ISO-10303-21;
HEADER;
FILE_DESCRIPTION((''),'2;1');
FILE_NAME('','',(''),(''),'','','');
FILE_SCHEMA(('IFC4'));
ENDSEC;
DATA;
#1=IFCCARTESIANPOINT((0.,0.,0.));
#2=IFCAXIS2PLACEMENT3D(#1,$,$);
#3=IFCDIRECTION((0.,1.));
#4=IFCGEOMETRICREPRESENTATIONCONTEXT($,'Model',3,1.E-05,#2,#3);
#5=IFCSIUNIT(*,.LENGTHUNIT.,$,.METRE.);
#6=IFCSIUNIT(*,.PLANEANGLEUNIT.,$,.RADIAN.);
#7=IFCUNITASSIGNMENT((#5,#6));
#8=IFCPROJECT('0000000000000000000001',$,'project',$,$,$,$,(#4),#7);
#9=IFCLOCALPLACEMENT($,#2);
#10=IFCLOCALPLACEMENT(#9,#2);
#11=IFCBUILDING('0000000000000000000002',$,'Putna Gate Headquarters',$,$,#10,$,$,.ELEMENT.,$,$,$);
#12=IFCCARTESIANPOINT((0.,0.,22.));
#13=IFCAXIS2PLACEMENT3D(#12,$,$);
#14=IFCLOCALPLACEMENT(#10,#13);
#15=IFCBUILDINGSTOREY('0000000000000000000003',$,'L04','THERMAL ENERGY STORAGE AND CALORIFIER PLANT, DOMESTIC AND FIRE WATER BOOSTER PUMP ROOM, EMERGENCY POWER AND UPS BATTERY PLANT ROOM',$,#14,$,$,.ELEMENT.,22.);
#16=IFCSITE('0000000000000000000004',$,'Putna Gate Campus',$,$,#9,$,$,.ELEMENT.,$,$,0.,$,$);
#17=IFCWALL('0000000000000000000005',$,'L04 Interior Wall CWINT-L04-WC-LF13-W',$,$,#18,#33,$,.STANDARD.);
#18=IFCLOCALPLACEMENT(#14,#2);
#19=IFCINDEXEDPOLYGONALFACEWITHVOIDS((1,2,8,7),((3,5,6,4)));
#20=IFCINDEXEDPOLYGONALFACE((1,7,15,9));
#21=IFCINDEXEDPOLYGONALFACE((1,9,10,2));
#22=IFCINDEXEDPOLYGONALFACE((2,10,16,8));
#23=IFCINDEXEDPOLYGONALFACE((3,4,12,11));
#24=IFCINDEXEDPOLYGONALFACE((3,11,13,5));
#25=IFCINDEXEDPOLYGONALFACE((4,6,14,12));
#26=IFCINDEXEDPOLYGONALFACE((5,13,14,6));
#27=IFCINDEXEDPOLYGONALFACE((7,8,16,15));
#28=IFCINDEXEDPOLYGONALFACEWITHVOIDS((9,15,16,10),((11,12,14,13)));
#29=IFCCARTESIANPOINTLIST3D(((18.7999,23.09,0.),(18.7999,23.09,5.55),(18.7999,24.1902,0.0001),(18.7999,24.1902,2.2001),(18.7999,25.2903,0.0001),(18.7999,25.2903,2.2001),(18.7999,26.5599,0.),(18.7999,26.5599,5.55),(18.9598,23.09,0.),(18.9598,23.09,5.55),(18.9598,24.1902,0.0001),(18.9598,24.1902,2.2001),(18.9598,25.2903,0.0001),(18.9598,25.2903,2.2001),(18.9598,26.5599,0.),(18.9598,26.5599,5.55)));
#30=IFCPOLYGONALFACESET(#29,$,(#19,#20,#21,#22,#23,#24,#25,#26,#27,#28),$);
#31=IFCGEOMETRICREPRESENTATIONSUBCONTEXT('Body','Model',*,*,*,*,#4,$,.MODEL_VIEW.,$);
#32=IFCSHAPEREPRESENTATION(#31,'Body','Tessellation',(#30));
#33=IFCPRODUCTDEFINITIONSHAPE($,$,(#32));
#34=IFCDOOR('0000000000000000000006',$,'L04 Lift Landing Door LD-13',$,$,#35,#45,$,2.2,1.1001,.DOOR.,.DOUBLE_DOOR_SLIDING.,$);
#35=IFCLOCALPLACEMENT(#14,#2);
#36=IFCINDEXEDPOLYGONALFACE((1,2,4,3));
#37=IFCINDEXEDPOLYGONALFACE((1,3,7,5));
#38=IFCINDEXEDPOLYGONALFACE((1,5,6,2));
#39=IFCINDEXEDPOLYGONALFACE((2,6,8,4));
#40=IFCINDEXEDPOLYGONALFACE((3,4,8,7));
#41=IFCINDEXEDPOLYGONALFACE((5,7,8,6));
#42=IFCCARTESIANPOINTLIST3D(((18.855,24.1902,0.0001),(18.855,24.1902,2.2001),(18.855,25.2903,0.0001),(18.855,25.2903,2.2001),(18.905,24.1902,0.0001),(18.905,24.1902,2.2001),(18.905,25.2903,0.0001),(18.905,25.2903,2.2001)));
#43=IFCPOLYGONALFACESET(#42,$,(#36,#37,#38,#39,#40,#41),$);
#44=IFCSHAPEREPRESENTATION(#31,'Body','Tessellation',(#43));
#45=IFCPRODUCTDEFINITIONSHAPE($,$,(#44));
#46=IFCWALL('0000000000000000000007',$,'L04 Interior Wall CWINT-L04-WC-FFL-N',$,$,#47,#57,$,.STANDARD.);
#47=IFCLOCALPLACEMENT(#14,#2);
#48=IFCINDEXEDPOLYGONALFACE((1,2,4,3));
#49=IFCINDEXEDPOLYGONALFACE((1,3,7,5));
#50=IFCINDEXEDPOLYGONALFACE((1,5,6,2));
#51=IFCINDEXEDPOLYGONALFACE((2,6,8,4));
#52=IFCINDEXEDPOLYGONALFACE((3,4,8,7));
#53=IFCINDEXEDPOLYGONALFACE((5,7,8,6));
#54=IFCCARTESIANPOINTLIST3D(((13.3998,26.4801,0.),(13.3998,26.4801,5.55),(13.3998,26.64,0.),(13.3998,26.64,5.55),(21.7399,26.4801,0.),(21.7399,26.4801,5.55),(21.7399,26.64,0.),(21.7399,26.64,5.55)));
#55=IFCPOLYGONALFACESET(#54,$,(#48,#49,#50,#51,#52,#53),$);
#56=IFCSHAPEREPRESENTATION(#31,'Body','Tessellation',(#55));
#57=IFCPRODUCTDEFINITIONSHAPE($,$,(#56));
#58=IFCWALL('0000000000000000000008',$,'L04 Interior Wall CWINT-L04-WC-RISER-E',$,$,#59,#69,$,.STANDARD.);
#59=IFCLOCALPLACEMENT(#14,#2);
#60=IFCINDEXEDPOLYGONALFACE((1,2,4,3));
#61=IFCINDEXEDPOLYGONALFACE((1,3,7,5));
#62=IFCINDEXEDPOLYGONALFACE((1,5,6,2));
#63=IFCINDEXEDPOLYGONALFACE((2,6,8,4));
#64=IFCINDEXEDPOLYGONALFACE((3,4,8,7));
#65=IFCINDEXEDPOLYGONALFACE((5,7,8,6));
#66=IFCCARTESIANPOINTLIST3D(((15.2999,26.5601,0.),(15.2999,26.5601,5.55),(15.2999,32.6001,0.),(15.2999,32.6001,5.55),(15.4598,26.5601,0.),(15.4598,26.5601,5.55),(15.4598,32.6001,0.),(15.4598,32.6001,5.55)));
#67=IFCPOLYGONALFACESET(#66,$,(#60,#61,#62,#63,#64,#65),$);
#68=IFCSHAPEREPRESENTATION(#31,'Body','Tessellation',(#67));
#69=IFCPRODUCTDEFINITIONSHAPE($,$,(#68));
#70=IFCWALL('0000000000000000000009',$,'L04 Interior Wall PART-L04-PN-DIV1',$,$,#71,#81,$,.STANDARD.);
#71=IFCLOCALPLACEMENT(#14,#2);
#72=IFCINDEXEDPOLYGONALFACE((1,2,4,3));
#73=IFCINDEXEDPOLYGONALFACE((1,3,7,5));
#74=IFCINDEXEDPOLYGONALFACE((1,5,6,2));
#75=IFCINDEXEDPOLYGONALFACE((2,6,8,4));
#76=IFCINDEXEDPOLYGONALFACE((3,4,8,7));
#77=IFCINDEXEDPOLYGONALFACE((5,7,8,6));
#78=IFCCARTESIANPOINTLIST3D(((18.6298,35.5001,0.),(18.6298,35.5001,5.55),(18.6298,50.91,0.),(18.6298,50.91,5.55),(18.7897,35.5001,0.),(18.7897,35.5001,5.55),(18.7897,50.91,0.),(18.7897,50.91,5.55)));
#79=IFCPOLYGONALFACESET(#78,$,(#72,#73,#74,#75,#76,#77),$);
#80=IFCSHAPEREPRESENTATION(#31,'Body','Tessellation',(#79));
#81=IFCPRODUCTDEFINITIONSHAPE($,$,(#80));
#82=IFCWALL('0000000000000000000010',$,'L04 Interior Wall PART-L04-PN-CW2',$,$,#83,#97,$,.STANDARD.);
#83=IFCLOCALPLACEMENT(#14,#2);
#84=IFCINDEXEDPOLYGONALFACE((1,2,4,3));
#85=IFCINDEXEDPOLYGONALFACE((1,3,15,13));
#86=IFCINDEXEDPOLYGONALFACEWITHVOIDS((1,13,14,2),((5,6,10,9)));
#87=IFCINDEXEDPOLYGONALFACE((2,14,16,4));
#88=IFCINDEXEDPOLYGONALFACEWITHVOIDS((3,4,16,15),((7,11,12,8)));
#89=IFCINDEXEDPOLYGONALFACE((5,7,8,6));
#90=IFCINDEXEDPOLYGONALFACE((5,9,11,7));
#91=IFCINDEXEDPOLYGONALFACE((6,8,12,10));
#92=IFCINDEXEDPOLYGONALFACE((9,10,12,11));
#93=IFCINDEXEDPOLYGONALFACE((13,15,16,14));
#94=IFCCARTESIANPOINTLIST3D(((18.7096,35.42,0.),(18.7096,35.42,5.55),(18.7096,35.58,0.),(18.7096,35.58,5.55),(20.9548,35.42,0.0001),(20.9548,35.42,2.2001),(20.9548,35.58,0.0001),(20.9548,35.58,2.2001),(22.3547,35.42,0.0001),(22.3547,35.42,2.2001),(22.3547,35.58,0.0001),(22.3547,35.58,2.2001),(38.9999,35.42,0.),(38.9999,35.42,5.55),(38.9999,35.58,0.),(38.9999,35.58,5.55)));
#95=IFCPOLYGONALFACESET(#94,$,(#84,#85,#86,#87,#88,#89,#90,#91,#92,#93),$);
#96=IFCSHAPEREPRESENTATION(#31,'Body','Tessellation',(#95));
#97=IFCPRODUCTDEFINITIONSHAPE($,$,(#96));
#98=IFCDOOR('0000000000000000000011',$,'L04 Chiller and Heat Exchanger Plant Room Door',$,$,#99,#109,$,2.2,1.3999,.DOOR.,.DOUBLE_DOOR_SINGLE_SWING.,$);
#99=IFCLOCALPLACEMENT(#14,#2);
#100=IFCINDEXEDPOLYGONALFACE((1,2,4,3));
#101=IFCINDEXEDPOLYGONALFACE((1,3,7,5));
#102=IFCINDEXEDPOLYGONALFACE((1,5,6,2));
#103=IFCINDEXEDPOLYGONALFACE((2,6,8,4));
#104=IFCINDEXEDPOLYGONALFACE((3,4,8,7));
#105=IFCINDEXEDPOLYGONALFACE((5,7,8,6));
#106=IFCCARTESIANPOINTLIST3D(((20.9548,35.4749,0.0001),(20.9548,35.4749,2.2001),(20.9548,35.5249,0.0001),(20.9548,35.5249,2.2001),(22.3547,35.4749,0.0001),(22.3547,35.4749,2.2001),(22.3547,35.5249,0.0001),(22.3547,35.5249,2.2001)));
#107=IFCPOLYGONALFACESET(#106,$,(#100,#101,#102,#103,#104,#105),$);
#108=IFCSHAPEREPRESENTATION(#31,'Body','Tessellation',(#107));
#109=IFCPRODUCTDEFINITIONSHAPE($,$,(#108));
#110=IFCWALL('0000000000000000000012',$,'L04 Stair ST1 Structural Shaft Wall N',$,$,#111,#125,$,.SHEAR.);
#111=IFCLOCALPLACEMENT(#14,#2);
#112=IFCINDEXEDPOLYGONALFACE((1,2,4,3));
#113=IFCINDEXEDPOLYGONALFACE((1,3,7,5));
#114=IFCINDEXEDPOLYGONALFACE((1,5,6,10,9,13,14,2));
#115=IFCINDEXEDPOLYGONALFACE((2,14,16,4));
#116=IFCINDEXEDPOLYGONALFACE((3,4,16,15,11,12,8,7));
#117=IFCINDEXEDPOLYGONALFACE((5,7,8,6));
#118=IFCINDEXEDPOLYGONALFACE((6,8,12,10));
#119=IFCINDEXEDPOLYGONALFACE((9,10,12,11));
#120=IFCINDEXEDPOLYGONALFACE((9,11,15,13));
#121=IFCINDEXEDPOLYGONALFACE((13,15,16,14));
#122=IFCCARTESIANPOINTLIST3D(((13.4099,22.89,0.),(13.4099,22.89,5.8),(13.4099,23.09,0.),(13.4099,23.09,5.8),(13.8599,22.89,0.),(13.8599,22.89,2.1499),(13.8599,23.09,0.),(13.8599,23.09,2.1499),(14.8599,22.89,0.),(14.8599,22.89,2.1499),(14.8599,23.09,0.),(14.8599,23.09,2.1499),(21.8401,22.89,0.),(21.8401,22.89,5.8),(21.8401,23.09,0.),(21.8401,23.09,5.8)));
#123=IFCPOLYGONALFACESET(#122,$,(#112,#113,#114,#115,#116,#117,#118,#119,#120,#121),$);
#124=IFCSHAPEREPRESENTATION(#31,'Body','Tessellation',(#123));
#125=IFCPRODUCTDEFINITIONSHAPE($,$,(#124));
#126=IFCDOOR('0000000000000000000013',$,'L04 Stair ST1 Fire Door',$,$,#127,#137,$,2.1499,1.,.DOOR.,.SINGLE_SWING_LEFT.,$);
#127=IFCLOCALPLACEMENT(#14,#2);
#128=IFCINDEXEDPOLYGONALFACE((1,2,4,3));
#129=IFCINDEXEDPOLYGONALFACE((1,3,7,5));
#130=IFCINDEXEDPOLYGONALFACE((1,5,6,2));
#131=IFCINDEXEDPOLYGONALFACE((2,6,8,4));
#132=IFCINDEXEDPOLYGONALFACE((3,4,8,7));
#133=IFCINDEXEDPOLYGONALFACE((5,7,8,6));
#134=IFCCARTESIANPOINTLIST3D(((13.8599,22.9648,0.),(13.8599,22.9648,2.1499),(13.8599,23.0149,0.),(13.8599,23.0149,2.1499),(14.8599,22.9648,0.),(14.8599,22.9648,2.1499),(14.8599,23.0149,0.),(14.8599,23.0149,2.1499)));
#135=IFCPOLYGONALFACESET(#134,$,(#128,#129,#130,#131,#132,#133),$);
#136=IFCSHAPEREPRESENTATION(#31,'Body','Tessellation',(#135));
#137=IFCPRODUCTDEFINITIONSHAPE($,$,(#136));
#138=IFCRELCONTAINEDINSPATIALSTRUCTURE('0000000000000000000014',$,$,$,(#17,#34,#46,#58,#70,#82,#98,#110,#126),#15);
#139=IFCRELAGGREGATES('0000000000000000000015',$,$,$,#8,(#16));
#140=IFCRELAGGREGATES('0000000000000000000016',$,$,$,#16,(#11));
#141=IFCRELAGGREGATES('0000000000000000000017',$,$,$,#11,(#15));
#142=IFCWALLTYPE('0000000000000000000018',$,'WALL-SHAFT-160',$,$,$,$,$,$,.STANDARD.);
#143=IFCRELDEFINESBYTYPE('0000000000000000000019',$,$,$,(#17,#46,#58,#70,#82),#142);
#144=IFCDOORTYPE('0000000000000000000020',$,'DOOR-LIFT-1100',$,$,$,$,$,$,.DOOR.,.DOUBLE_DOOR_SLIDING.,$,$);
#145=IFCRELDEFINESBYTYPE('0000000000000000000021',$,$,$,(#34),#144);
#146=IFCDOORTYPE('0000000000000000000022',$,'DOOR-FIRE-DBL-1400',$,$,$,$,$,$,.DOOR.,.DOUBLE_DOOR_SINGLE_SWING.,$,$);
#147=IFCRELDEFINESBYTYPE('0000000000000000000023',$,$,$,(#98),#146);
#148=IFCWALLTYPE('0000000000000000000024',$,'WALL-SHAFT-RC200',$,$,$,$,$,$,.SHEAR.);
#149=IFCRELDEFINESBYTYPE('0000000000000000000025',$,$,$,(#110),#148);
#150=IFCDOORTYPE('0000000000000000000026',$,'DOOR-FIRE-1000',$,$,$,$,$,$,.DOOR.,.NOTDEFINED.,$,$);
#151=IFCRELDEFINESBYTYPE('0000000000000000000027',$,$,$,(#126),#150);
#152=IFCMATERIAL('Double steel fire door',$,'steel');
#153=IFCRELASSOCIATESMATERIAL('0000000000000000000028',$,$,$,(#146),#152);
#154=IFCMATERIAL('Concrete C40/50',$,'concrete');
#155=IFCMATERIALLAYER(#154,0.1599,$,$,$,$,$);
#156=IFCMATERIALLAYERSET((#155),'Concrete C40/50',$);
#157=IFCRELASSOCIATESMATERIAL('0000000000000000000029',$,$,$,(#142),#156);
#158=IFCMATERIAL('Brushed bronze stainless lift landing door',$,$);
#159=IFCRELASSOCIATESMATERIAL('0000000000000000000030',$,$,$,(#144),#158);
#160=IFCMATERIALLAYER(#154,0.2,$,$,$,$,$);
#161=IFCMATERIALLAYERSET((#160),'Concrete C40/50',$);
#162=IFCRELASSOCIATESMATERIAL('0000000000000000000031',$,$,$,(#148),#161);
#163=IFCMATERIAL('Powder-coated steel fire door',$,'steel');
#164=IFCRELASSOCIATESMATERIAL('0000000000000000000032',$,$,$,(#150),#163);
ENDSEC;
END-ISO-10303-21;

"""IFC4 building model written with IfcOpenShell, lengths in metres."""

from ifc_helpers import new_model, si_unit, direction, frame, frame_2d, origin, place, context, subcontext, project, spatial, rectangle, extrude, material, layer, layer_set, type_object, element, fill, save


model = new_model("IFC4")

# Units and contexts
model_context = context("Model", 3, precision=1e-05, world=origin(), true_north=direction((0.0, 1.0)))
body_context = subcontext(model_context, "Body", "Model", "MODEL_VIEW")
ifc_project = project(units=[si_unit("LENGTHUNIT", "METRE"), si_unit("PLANEANGLEUNIT", "RADIAN")], contexts=[model_context])

# Site, building, storey
site_placement = place(None, origin())
site = spatial("IfcSite", under=ifc_project, at=site_placement, Name="Putna Gate Campus", CompositionType="ELEMENT", RefElevation=0.0)
building_placement = place(site_placement, origin())
building = spatial("IfcBuilding", under=site, at=building_placement, Name="Putna Gate Headquarters", CompositionType="ELEMENT")
storey_placement = place(building_placement, frame((0.0, 0.0, 22.0)))
storey = spatial("IfcBuildingStorey", under=building, at=storey_placement, Name="L04", Description="THERMAL ENERGY STORAGE AND CALORIFIER PLANT, DOMESTIC AND FIRE WATER BOOSTER PUMP ROOM, EMERGENCY POWER AND UPS BATTERY PLANT ROOM", CompositionType="ELEMENT", Elevation=22.0)

# Shared definitions
ifc_material_1 = material(Name="Double steel fire door", Category="steel")
door_type_1 = type_object("IfcDoorType", Name="DOOR-FIRE-DBL-1400", OperationType="DOUBLE_DOOR_SINGLE_SWING", PredefinedType="DOOR", material=ifc_material_1)

# Wall, opening, door
ifc_material_2 = material(Name="Concrete C40/50", Category="concrete")
ifc_layer_1 = layer(ifc_material_2, 0.1599)
ifc_layer_set_1 = layer_set([ifc_layer_1], Name="Concrete C40/50")
wall_type_1 = type_object("IfcWallType", Name="WALL-SHAFT-160", PredefinedType="STANDARD", material=ifc_layer_set_1)
wall_1_placement = place(storey_placement, frame((18.8799, 23.0901, 0.0), z_axis=(0.0, 0.0, 1.0), x_axis=(0.0, 1.0, 0.0)))
wall_1 = element("IfcWall", 1, at=wall_1_placement, inside=storey, type_object=wall_type_1, Name="L04 Interior Wall CWINT-L04-WC-LF13-W", PredefinedType="STANDARD", context=body_context, shape_type="SweptSolid", body=[
    extrude(rectangle(XDim=3.47, YDim=0.1599, at=frame_2d((1.7349, 0.0))), origin(), (0.0, 0.0, 1.0), 5.55),
])
opening_1_placement = place(wall_1_placement, frame((1.1001, 0.0, 0.0)))
opening_1 = element("IfcOpeningElement", 2, at=opening_1_placement, cuts=wall_1, PredefinedType="OPENING", context=body_context, shape_type="SweptSolid", body=[
    extrude(rectangle(XDim=1.1001, YDim=2.2, at=frame_2d((0.55, 1.1001))), frame((0.0, 0.0898, 0.0), z_axis=(0.0, -1.0, 0.0), x_axis=(1.0, 0.0, 0.0)), (0.0, 0.0, 1.0), 0.1799),
])
ifc_material_3 = material(Name="Brushed bronze stainless lift landing door")
door_type_2 = type_object("IfcDoorType", Name="DOOR-LIFT-1100", OperationType="DOUBLE_DOOR_SLIDING", PredefinedType="DOOR", material=ifc_material_3)
door_1_placement = place(opening_1_placement, origin())
door_1 = element("IfcDoor", 3, at=door_1_placement, inside=storey, type_object=door_type_2, Name="L04 Lift Landing Door LD-13", OperationType="DOUBLE_DOOR_SLIDING", OverallHeight=2.2, OverallWidth=1.1001, PredefinedType="DOOR", context=body_context, shape_type="SweptSolid", body=[
    extrude(rectangle(XDim=1.1001, YDim=2.2, at=frame_2d((0.55, 1.1001))), frame((0.0, 0.0249, 0.0), z_axis=(0.0, -1.0, 0.0), x_axis=(1.0, 0.0, 0.0)), (0.0, 0.0, 1.0), 0.05),
])
fill(opening_1, door_1)

# Walls
wall_2_placement = place(storey_placement, frame((13.3999, 26.5601, 0.0), z_axis=(0.0, 0.0, 1.0), x_axis=(1.0, 0.0, 0.0)))
element("IfcWall", 4, at=wall_2_placement, inside=storey, type_object=wall_type_1, Name="L04 Interior Wall CWINT-L04-WC-FFL-N", PredefinedType="STANDARD", context=body_context, shape_type="SweptSolid", body=[
    extrude(rectangle(XDim=8.3401, YDim=0.1599, at=frame_2d((4.1699, 0.0))), origin(), (0.0, 0.0, 1.0), 5.55),
])
wall_3_placement = place(storey_placement, frame((15.3799, 26.5601, 0.0), z_axis=(0.0, 0.0, 1.0), x_axis=(0.0, 1.0, 0.0)))
element("IfcWall", 5, at=wall_3_placement, inside=storey, type_object=wall_type_1, Name="L04 Interior Wall CWINT-L04-WC-RISER-E", PredefinedType="STANDARD", context=body_context, shape_type="SweptSolid", body=[
    extrude(rectangle(XDim=6.04, YDim=0.1599, at=frame_2d((3.02, 0.0))), origin(), (0.0, 0.0, 1.0), 5.55),
])
wall_4_placement = place(storey_placement, frame((18.7097, 35.5, 0.0), z_axis=(0.0, 0.0, 1.0), x_axis=(0.0, 1.0, 0.0)))
element("IfcWall", 6, at=wall_4_placement, inside=storey, type_object=wall_type_1, Name="L04 Interior Wall PART-L04-PN-DIV1", PredefinedType="STANDARD", context=body_context, shape_type="SweptSolid", body=[
    extrude(rectangle(XDim=15.4099, YDim=0.1599, at=frame_2d((7.7051, 0.0))), origin(), (0.0, 0.0, 1.0), 5.55),
])

# Walls, openings, doors
wall_5_placement = place(storey_placement, frame((18.7097, 35.5, 0.0), z_axis=(0.0, 0.0, 1.0), x_axis=(1.0, 0.0, 0.0)))
wall_5 = element("IfcWall", 7, at=wall_5_placement, inside=storey, type_object=wall_type_1, Name="L04 Interior Wall PART-L04-PN-CW2", PredefinedType="STANDARD", context=body_context, shape_type="SweptSolid", body=[
    extrude(rectangle(XDim=20.2903, YDim=0.1599, at=frame_2d((10.145, 0.0))), origin(), (0.0, 0.0, 1.0), 5.55),
])
opening_2_placement = place(wall_5_placement, frame((2.2451, 0.0, 0.0)))
opening_2 = element("IfcOpeningElement", 8, at=opening_2_placement, cuts=wall_5, PredefinedType="OPENING", context=body_context, shape_type="SweptSolid", body=[
    extrude(rectangle(XDim=1.3999, YDim=2.2, at=frame_2d((0.7, 1.1001))), frame((0.0, 0.0898, 0.0), z_axis=(0.0, -1.0, 0.0), x_axis=(1.0, 0.0, 0.0)), (0.0, 0.0, 1.0), 0.1799),
])
door_2_placement = place(opening_2_placement, origin())
door_2 = element("IfcDoor", 9, at=door_2_placement, inside=storey, type_object=door_type_1, Name="L04 Chiller and Heat Exchanger Plant Room Door", OperationType="DOUBLE_DOOR_SINGLE_SWING", OverallHeight=2.2, OverallWidth=1.3999, PredefinedType="DOOR", context=body_context, shape_type="SweptSolid", body=[
    extrude(rectangle(XDim=1.3999, YDim=2.2, at=frame_2d((0.7, 1.1001))), frame((0.0, 0.0249, 0.0), z_axis=(0.0, -1.0, 0.0), x_axis=(1.0, 0.0, 0.0)), (0.0, 0.0, 1.0), 0.05),
])
fill(opening_2, door_2)
ifc_layer_2 = layer(ifc_material_2, 0.2)
ifc_layer_set_2 = layer_set([ifc_layer_2], Name="Concrete C40/50")
wall_type_2 = type_object("IfcWallType", Name="WALL-SHAFT-RC200", PredefinedType="SHEAR", material=ifc_layer_set_2)
wall_6_placement = place(storey_placement, frame((13.4099, 22.99, 0.0), z_axis=(0.0, 0.0, 1.0), x_axis=(1.0, 0.0, 0.0)))
wall_6 = element("IfcWall", 10, at=wall_6_placement, inside=storey, type_object=wall_type_2, Name="L04 Stair ST1 Structural Shaft Wall N", PredefinedType="SHEAR", context=body_context, shape_type="SweptSolid", body=[
    extrude(rectangle(XDim=8.4302, YDim=0.2, at=frame_2d((4.2151, 0.0))), origin(), (0.0, 0.0, 1.0), 5.8),
])
opening_3_placement = place(wall_6_placement, frame((0.45, 0.0, 0.0)))
opening_3 = element("IfcOpeningElement", 11, at=opening_3_placement, cuts=wall_6, PredefinedType="OPENING", context=body_context, shape_type="SweptSolid", body=[
    extrude(rectangle(XDim=1.0, YDim=2.1499, at=frame_2d((0.5, 1.075))), frame((0.0, 0.1099, 0.0), z_axis=(0.0, -1.0, 0.0), x_axis=(1.0, 0.0, 0.0)), (0.0, 0.0, 1.0), 0.22),
])
ifc_material_4 = material(Name="Powder-coated steel fire door", Category="steel")
door_type_3 = type_object("IfcDoorType", Name="DOOR-FIRE-1000", OperationType="NOTDEFINED", PredefinedType="DOOR", material=ifc_material_4)
door_3_placement = place(opening_3_placement, origin())
door_3 = element("IfcDoor", 12, at=door_3_placement, inside=storey, type_object=door_type_3, Name="L04 Stair ST1 Fire Door", OperationType="SINGLE_SWING_LEFT", OverallHeight=2.1499, OverallWidth=1.0, PredefinedType="DOOR", context=body_context, shape_type="SweptSolid", body=[
    extrude(rectangle(XDim=1.0, YDim=2.1499, at=frame_2d((0.5, 1.075))), frame((0.0, 0.0249, 0.0), z_axis=(0.0, -1.0, 0.0), x_axis=(1.0, 0.0, 0.0)), (0.0, 0.0, 1.0), 0.05),
])
fill(opening_3, door_3)

save(model, "model.ifc")
